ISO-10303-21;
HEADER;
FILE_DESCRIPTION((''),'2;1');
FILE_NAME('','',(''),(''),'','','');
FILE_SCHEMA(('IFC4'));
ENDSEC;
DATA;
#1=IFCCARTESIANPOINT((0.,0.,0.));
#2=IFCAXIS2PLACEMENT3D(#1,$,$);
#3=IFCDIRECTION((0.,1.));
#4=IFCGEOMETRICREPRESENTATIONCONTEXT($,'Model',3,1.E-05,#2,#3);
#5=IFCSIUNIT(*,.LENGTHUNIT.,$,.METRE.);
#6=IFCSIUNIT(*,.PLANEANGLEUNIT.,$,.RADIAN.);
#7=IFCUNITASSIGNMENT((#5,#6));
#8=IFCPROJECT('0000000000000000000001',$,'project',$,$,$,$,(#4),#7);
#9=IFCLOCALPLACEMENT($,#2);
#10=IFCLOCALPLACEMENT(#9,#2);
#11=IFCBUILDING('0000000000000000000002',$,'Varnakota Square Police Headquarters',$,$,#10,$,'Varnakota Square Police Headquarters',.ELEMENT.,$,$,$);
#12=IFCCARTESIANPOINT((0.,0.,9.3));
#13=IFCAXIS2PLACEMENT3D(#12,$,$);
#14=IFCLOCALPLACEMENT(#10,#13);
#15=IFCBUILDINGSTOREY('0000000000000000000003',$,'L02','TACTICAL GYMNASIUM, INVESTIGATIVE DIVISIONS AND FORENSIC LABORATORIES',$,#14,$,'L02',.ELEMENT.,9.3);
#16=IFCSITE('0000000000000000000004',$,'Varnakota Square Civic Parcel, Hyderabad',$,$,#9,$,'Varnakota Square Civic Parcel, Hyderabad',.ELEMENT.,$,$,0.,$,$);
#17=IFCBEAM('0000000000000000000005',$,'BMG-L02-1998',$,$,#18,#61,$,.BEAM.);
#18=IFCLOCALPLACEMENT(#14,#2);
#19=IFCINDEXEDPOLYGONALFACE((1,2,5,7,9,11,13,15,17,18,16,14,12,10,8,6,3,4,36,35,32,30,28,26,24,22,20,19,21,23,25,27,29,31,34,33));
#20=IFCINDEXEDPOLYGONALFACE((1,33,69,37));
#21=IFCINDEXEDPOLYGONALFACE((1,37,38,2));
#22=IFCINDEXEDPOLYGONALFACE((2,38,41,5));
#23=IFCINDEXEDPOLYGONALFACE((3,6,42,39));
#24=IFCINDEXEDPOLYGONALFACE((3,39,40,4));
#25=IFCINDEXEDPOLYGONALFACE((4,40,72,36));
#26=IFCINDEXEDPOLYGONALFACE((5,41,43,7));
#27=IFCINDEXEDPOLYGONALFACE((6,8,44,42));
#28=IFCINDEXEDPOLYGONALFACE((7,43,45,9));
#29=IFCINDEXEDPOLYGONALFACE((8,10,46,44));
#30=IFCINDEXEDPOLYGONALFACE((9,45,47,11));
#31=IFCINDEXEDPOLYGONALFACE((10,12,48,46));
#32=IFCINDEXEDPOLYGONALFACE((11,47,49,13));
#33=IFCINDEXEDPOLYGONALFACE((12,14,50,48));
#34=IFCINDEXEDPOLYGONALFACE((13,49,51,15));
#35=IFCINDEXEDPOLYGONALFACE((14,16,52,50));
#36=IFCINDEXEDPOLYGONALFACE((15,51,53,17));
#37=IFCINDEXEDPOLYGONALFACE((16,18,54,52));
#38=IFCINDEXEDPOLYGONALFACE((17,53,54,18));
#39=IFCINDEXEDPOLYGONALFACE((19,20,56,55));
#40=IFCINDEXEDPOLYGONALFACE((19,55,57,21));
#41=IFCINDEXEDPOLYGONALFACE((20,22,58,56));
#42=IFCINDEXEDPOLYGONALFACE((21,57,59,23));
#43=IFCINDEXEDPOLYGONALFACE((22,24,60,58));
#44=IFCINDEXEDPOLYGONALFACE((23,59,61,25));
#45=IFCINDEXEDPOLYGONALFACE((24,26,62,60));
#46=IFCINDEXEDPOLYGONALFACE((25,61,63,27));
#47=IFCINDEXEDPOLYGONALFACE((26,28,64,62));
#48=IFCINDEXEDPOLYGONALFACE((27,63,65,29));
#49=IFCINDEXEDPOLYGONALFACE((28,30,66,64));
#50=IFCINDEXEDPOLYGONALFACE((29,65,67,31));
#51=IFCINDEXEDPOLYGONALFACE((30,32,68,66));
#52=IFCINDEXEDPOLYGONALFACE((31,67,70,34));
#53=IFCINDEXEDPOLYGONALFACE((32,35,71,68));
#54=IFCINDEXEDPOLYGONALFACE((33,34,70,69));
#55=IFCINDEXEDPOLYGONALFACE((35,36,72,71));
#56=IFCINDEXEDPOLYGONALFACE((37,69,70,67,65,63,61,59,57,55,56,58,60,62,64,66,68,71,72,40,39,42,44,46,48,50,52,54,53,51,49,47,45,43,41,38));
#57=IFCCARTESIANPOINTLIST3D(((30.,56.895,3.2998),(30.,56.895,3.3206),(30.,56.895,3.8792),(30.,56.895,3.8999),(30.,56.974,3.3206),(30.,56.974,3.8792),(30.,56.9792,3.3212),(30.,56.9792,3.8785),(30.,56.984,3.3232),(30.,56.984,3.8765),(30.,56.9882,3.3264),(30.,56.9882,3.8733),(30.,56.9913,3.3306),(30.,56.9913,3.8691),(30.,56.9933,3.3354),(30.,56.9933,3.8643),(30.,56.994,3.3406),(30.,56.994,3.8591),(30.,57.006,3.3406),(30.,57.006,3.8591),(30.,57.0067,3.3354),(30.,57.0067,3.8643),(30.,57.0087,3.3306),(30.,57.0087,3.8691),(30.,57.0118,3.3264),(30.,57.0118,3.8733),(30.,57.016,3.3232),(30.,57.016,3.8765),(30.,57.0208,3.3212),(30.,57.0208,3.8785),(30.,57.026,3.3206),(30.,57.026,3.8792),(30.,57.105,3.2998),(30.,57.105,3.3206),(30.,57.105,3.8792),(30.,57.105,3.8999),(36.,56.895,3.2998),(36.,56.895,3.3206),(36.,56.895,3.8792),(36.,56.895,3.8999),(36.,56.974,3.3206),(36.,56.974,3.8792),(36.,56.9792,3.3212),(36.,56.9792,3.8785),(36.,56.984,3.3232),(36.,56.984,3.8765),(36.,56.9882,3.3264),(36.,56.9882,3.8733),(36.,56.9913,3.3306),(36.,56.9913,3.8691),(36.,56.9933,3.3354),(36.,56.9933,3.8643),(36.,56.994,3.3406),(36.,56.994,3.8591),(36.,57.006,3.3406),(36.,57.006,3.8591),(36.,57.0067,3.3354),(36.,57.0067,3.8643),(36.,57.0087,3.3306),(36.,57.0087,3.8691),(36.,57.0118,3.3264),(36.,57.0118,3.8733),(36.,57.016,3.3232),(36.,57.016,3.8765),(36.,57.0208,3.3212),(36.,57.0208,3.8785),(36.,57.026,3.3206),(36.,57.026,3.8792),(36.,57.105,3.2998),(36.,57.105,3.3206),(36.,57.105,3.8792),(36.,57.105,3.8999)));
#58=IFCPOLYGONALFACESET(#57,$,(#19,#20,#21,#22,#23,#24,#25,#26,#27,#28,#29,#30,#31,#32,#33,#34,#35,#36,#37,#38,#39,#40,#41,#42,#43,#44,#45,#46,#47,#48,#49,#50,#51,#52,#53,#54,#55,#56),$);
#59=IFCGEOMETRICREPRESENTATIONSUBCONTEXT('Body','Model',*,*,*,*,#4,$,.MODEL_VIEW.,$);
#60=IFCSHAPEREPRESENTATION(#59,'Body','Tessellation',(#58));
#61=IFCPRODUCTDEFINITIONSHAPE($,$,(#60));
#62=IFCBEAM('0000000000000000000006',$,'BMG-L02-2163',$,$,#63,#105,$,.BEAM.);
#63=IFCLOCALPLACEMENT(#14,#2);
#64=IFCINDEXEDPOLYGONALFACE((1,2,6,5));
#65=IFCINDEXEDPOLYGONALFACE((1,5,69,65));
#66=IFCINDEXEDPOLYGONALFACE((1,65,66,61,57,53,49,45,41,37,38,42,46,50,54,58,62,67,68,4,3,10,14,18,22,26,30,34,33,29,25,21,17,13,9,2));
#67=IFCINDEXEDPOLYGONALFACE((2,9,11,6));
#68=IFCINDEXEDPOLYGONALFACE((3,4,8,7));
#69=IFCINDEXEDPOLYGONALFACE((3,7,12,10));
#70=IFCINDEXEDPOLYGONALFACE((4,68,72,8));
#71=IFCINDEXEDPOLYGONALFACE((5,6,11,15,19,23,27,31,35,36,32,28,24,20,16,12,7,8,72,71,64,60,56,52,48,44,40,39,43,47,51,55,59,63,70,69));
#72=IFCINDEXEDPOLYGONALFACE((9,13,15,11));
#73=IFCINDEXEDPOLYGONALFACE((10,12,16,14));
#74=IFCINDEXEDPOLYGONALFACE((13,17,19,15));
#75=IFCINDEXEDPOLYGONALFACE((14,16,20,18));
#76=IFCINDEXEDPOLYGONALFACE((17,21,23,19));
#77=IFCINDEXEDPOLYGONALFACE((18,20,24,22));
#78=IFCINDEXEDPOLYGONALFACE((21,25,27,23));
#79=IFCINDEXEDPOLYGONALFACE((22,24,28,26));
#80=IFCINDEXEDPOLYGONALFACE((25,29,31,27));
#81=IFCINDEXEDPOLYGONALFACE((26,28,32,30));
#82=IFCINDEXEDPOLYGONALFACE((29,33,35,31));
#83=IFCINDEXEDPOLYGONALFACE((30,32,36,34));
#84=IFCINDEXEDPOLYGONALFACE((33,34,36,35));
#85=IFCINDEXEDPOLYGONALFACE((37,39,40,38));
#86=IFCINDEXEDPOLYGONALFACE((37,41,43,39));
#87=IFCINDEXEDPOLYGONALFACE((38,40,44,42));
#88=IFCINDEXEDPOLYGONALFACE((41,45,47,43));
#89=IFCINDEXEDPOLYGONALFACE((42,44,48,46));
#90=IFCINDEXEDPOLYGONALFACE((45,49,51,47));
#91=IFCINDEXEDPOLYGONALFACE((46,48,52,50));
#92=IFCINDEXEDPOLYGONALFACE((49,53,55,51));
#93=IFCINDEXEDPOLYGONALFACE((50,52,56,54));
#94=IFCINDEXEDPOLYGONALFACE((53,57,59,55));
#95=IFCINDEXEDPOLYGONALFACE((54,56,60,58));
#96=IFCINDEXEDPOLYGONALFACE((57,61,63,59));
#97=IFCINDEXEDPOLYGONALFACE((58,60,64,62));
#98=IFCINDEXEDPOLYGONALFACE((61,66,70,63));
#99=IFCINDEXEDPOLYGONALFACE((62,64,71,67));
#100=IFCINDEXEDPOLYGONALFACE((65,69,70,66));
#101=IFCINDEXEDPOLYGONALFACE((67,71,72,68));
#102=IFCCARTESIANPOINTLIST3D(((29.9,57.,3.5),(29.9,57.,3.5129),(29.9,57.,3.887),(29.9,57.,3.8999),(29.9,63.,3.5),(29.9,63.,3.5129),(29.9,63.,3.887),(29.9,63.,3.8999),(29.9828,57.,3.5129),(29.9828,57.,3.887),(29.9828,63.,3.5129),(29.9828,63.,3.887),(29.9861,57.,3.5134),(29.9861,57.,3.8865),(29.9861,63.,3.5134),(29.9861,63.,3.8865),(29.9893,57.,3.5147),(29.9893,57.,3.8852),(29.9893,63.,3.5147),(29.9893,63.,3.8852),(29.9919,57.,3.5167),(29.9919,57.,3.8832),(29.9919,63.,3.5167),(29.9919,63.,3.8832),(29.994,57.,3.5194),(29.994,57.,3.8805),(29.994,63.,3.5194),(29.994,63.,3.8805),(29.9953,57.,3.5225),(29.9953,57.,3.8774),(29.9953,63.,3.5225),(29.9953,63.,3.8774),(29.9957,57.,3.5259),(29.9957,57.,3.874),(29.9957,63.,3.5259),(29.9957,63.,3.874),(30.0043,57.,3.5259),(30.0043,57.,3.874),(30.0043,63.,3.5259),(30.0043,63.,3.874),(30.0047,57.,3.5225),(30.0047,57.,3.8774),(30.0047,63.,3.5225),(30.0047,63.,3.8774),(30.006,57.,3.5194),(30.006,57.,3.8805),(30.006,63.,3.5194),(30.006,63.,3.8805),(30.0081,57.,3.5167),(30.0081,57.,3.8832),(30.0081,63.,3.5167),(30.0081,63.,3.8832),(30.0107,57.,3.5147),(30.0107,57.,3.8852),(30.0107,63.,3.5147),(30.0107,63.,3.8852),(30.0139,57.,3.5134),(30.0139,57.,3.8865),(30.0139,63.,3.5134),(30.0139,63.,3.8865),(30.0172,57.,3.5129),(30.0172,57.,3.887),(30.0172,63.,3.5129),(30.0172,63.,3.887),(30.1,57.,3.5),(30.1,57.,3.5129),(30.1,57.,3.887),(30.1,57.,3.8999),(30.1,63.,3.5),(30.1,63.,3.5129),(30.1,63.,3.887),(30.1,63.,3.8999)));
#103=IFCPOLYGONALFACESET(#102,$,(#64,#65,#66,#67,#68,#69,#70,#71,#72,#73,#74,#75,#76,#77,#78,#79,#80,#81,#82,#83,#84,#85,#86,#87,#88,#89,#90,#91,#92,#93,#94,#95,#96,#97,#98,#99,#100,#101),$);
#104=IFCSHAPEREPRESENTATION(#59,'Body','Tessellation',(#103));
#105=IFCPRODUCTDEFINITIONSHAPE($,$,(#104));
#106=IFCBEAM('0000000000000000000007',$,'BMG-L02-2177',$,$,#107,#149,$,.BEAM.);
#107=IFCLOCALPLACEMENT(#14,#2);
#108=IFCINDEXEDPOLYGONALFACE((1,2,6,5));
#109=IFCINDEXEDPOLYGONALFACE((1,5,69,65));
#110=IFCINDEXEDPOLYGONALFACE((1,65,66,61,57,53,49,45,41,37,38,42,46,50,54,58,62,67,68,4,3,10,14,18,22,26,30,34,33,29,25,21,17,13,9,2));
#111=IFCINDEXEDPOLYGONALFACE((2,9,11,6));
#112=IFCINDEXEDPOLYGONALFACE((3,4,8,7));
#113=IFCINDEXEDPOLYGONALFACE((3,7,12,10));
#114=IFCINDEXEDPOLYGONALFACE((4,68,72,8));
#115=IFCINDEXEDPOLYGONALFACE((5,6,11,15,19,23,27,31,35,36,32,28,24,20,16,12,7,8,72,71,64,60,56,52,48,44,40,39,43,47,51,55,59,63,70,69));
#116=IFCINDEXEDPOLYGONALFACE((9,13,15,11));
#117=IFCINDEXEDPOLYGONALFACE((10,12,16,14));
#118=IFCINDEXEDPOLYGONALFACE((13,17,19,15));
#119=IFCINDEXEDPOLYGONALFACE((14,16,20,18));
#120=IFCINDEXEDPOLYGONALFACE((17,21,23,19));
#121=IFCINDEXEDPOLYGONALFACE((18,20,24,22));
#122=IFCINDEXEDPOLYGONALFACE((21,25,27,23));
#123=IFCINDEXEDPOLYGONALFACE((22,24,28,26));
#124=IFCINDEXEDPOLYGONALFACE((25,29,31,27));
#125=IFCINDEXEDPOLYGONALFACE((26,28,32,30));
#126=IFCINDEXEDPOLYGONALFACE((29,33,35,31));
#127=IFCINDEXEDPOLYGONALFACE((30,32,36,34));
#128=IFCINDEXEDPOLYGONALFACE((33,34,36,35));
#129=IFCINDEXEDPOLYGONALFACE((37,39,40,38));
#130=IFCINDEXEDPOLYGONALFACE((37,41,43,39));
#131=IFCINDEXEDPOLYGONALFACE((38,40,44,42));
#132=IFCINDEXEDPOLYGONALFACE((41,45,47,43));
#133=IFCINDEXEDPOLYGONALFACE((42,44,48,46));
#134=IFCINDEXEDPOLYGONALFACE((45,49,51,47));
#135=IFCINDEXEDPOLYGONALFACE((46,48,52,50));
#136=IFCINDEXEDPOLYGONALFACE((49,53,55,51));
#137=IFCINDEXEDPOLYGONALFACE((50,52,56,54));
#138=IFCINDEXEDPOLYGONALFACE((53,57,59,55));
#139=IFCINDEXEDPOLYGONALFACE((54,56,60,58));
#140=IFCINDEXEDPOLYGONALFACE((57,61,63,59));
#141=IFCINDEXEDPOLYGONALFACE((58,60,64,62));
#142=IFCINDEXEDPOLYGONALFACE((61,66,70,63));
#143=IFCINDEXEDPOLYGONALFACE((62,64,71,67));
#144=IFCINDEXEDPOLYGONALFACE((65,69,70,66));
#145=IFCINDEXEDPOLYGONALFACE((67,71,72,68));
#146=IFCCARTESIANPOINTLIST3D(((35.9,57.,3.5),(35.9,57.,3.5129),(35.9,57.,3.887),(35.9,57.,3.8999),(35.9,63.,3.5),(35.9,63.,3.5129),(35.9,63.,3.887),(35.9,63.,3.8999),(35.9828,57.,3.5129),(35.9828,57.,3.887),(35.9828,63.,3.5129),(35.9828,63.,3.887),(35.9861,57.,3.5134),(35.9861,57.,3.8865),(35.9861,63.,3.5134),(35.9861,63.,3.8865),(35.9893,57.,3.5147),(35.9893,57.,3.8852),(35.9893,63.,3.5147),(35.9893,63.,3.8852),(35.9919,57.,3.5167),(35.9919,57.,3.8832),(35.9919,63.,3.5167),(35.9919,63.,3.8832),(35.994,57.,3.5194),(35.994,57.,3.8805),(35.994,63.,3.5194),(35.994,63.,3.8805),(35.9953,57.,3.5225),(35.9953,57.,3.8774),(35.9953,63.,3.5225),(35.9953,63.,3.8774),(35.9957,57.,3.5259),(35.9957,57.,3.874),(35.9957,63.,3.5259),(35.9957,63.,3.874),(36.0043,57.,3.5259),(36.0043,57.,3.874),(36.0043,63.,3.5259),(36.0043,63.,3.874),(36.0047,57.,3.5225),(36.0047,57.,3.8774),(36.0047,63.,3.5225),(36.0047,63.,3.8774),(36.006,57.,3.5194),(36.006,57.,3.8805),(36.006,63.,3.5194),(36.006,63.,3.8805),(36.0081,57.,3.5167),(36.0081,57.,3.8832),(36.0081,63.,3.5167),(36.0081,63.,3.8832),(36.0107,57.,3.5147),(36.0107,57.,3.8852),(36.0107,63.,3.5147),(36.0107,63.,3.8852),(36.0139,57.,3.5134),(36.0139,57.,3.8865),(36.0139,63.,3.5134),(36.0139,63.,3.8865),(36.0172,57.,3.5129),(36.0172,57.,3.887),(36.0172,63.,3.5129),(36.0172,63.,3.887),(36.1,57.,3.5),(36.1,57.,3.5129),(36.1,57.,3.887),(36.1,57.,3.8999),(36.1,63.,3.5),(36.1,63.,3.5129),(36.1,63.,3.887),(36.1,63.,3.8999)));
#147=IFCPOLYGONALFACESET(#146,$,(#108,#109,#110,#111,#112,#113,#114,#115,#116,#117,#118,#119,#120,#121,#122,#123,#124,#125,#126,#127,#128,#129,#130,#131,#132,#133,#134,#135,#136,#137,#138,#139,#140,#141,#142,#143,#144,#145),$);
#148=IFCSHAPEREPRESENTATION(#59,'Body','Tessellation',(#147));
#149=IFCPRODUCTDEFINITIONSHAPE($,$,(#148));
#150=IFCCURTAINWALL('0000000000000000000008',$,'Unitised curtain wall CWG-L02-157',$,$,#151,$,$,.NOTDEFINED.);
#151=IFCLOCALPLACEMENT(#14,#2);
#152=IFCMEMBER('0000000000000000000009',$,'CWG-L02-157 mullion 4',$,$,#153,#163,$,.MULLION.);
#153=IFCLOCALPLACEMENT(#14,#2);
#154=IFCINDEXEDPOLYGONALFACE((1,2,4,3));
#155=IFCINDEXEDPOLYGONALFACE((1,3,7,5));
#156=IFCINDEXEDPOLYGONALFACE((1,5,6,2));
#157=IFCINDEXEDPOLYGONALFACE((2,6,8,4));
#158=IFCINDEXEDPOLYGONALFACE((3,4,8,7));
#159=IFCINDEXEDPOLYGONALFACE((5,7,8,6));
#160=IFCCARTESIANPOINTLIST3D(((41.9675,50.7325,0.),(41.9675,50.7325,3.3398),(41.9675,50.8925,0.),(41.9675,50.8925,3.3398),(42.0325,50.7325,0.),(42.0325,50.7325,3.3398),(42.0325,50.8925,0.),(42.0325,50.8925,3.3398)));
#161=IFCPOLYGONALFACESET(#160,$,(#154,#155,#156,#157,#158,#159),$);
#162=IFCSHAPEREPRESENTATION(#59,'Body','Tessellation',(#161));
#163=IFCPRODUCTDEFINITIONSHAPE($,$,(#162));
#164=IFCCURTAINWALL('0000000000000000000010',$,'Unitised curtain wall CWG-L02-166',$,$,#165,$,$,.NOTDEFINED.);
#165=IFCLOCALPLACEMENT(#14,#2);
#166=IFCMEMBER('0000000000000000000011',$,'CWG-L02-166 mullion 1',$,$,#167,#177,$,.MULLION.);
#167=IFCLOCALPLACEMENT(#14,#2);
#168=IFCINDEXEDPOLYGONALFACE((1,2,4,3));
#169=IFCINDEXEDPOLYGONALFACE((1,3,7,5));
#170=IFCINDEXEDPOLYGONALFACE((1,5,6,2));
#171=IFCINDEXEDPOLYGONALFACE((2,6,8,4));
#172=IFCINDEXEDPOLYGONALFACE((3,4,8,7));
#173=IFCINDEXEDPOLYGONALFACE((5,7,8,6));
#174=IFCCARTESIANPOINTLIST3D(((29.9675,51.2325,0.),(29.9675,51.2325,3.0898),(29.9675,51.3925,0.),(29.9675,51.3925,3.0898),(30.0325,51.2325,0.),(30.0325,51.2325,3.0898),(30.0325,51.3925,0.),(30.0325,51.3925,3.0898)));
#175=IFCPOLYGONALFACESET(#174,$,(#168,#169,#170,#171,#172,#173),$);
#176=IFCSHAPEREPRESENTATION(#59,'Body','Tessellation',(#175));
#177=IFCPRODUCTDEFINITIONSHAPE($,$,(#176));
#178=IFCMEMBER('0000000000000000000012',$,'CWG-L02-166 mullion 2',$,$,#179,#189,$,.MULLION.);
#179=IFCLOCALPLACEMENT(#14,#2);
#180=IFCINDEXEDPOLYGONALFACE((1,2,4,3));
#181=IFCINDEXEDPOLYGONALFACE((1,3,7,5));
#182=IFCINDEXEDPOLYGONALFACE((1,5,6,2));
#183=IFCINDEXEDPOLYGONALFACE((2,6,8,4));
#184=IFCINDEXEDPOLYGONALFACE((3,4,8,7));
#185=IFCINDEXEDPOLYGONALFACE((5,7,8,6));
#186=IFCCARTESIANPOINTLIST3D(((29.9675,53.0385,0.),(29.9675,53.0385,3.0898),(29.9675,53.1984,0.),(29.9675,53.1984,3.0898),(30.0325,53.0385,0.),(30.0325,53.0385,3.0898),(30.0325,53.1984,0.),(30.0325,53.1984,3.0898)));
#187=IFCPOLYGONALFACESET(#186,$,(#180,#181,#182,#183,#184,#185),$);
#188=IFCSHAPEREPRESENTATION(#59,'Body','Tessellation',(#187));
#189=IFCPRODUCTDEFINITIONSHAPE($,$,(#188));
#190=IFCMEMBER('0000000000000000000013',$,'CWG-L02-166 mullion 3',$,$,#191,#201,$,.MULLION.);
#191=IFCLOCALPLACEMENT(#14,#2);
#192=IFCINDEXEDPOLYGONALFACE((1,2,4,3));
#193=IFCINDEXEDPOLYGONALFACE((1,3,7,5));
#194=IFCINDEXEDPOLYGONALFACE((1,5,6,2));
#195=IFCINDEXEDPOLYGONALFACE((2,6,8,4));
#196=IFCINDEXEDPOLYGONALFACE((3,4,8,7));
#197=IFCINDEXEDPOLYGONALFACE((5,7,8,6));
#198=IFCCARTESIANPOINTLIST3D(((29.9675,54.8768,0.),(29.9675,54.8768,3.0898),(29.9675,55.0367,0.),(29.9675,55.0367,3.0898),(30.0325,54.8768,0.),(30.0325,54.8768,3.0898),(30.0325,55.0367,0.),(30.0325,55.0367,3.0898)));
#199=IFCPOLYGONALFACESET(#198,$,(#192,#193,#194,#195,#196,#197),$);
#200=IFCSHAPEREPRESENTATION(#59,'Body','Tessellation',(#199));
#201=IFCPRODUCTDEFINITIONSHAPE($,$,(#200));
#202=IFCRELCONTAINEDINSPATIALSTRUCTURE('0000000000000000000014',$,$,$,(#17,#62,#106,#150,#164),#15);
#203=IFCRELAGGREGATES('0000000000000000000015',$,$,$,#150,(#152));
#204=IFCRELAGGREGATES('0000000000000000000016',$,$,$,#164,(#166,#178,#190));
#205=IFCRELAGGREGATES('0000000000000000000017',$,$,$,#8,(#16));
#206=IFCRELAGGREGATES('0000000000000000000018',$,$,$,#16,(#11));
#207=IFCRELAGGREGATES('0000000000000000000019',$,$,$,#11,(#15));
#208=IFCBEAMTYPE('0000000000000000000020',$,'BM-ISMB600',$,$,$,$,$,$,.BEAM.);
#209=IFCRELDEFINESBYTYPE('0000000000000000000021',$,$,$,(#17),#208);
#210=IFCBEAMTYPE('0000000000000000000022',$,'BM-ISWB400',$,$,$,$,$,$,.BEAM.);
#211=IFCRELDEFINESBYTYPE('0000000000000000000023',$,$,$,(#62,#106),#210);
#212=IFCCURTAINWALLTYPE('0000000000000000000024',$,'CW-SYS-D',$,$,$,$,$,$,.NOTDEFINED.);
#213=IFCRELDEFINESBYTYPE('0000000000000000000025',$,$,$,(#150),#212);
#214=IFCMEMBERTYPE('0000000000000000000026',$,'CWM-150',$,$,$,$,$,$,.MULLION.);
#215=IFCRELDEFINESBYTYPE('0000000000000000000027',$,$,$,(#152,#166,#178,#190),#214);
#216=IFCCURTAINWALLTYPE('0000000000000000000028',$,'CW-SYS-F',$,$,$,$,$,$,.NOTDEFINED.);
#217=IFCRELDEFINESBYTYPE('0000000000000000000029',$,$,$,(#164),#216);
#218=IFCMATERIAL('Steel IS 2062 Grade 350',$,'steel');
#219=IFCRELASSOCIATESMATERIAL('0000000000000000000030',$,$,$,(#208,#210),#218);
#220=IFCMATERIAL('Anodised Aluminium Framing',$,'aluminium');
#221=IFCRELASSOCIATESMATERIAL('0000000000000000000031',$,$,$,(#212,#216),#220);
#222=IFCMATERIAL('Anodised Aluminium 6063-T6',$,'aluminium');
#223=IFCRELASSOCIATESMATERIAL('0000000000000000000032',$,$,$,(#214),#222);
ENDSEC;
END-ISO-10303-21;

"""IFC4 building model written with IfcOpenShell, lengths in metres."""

from ifc_helpers import new_model, si_unit, direction, frame, origin, origin_2d, place, context, subcontext, project, spatial, rectangle, i_section, extrude, material, material_profile, profile_set, type_object, element, aggregate, save


model = new_model("IFC4")

# Units and contexts
model_context = context("Model", 3, precision=1e-05, world=origin(), true_north=direction((0.0, 1.0)))
body_context = subcontext(model_context, "Body", "Model", "MODEL_VIEW")
ifc_project = project(units=[si_unit("LENGTHUNIT", "METRE"), si_unit("PLANEANGLEUNIT", "RADIAN")], contexts=[model_context])

# Site, building, storey
site_placement = place(None, origin())
site = spatial("IfcSite", under=ifc_project, at=site_placement, Name="Varnakota Square Civic Parcel, Hyderabad", LongName="Varnakota Square Civic Parcel, Hyderabad", CompositionType="ELEMENT", RefElevation=0.0)
building_placement = place(site_placement, origin())
building = spatial("IfcBuilding", under=site, at=building_placement, Name="Varnakota Square Police Headquarters", LongName="Varnakota Square Police Headquarters", CompositionType="ELEMENT")
storey_placement = place(building_placement, frame((0.0, 0.0, 9.3)))
storey = spatial("IfcBuildingStorey", under=building, at=storey_placement, Name="L02", Description="TACTICAL GYMNASIUM, INVESTIGATIVE DIVISIONS AND FORENSIC LABORATORIES", LongName="L02", CompositionType="ELEMENT", Elevation=9.3)

# Shared definitions
ifc_material_1 = material(Name="Steel IS 2062 Grade 350", Category="steel")

# Beams
ifc_material_profile_1 = material_profile(ifc_material_1, i_section(OverallWidth=0.21, OverallDepth=0.6001, WebThickness=0.012, FlangeThickness=0.0208, FilletRadius=0.02, at=origin_2d()), Name="ISMB 600")
ifc_profile_set_1 = profile_set([ifc_material_profile_1], Name="Steel IS 2062 Grade 350")
beam_type_1 = type_object("IfcBeamType", Name="BM-ISMB600", PredefinedType="BEAM", material=ifc_profile_set_1)
for number, where, z_axis, x_axis, name in (
    (1, (30.0, 57.0, 3.5999), (1.0, 0.0, 0.0), (0.0, 1.0, 0.0), "BMG-L02-1998"),
):
    element("IfcBeam", number, at=place(storey_placement, frame(where, z_axis=z_axis, x_axis=x_axis)), inside=storey, type_object=beam_type_1, Name=name, PredefinedType="BEAM", context=body_context, shape_type="SweptSolid", body=[
        extrude(i_section(OverallWidth=0.21, OverallDepth=0.6001, WebThickness=0.012, FlangeThickness=0.0208, FilletRadius=0.02, at=origin_2d()), origin(), (0.0, 0.0, 1.0), 6.0),
    ])
ifc_material_profile_2 = material_profile(ifc_material_1, i_section(OverallWidth=0.2, OverallDepth=0.3999, WebThickness=0.0085, FlangeThickness=0.0129, FilletRadius=0.0129, at=origin_2d()), Name="ISWB 400")
ifc_profile_set_2 = profile_set([ifc_material_profile_2], Name="Steel IS 2062 Grade 350")
beam_type_2 = type_object("IfcBeamType", Name="BM-ISWB400", PredefinedType="BEAM", material=ifc_profile_set_2)
for number, where, z_axis, x_axis, name in (
    (2, (30.0, 57.0, 3.7), (0.0, 1.0, 0.0), (-1.0, 0.0, 0.0), "BMG-L02-2163"),
    (3, (36.0, 57.0, 3.7), (0.0, 1.0, 0.0), (-1.0, 0.0, 0.0), "BMG-L02-2177"),
):
    element("IfcBeam", number, at=place(storey_placement, frame(where, z_axis=z_axis, x_axis=x_axis)), inside=storey, type_object=beam_type_2, Name=name, PredefinedType="BEAM", context=body_context, shape_type="SweptSolid", body=[
        extrude(i_section(OverallWidth=0.2, OverallDepth=0.3999, WebThickness=0.0085, FlangeThickness=0.0129, FilletRadius=0.0129, at=origin_2d()), origin(), (0.0, 0.0, 1.0), 6.0),
    ])

# Curtain wall, member
ifc_material_2 = material(Name="Anodised Aluminium Framing", Category="aluminium")
curtain_wall_type_1 = type_object("IfcCurtainWallType", Name="CW-SYS-D", PredefinedType="NOTDEFINED", material=ifc_material_2)
curtain_wall_1_placement = place(storey_placement, origin())
curtain_wall_1 = element("IfcCurtainWall", 4, at=curtain_wall_1_placement, inside=storey, type_object=curtain_wall_type_1, Name="Unitised curtain wall CWG-L02-157", PredefinedType="NOTDEFINED")
ifc_material_3 = material(Name="Anodised Aluminium 6063-T6", Category="aluminium")
ifc_material_profile_3 = material_profile(ifc_material_3, rectangle(XDim=0.0649, YDim=0.1599, at=origin_2d()), Name="ALU MULLION 65x160")
ifc_profile_set_3 = profile_set([ifc_material_profile_3], Name="Anodised Aluminium 6063-T6")
member_type_1 = type_object("IfcMemberType", Name="CWM-150", PredefinedType="MULLION", material=ifc_profile_set_3)
member_1_placement = place(storey_placement, frame((42.0, 50.8125, 0.0), z_axis=(0.0, 0.0, 1.0), x_axis=(-1.0, 0.0, 0.0)))
member_1 = element("IfcMember", 5, at=member_1_placement, type_object=member_type_1, Name="CWG-L02-157 mullion 4", PredefinedType="MULLION", context=body_context, shape_type="SweptSolid", body=[
    extrude(rectangle(XDim=0.0649, YDim=0.1599, at=origin_2d()), origin(), (0.0, 0.0, 1.0), 3.3398),
])
aggregate(curtain_wall_1, [member_1])

# Curtain wall, members
curtain_wall_type_2 = type_object("IfcCurtainWallType", Name="CW-SYS-F", PredefinedType="NOTDEFINED", material=ifc_material_2)
curtain_wall_2_placement = place(storey_placement, origin())
curtain_wall_2 = element("IfcCurtainWall", 6, at=curtain_wall_2_placement, inside=storey, type_object=curtain_wall_type_2, Name="Unitised curtain wall CWG-L02-166", PredefinedType="NOTDEFINED")
member_2_placement = place(storey_placement, frame((30.0, 51.3125, 0.0), z_axis=(0.0, 0.0, 1.0), x_axis=(-1.0, 0.0, 0.0)))
member_2 = element("IfcMember", 7, at=member_2_placement, type_object=member_type_1, Name="CWG-L02-166 mullion 1", PredefinedType="MULLION", context=body_context, shape_type="SweptSolid", body=[
    extrude(rectangle(XDim=0.0649, YDim=0.1599, at=origin_2d()), origin(), (0.0, 0.0, 1.0), 3.0898),
])
member_3_placement = place(storey_placement, frame((30.0, 53.1184, 0.0), z_axis=(0.0, 0.0, 1.0), x_axis=(-1.0, 0.0, 0.0)))
member_3 = element("IfcMember", 8, at=member_3_placement, type_object=member_type_1, Name="CWG-L02-166 mullion 2", PredefinedType="MULLION", context=body_context, shape_type="SweptSolid", body=[
    extrude(rectangle(XDim=0.0649, YDim=0.1599, at=origin_2d()), origin(), (0.0, 0.0, 1.0), 3.0898),
])
member_4_placement = place(storey_placement, frame((30.0, 54.9568, 0.0), z_axis=(0.0, 0.0, 1.0), x_axis=(-1.0, 0.0, 0.0)))
member_4 = element("IfcMember", 9, at=member_4_placement, type_object=member_type_1, Name="CWG-L02-166 mullion 3", PredefinedType="MULLION", context=body_context, shape_type="SweptSolid", body=[
    extrude(rectangle(XDim=0.0649, YDim=0.1599, at=origin_2d()), origin(), (0.0, 0.0, 1.0), 3.0898),
])
aggregate(curtain_wall_2, [member_2, member_3, member_4])

save(model, "model.ifc")
